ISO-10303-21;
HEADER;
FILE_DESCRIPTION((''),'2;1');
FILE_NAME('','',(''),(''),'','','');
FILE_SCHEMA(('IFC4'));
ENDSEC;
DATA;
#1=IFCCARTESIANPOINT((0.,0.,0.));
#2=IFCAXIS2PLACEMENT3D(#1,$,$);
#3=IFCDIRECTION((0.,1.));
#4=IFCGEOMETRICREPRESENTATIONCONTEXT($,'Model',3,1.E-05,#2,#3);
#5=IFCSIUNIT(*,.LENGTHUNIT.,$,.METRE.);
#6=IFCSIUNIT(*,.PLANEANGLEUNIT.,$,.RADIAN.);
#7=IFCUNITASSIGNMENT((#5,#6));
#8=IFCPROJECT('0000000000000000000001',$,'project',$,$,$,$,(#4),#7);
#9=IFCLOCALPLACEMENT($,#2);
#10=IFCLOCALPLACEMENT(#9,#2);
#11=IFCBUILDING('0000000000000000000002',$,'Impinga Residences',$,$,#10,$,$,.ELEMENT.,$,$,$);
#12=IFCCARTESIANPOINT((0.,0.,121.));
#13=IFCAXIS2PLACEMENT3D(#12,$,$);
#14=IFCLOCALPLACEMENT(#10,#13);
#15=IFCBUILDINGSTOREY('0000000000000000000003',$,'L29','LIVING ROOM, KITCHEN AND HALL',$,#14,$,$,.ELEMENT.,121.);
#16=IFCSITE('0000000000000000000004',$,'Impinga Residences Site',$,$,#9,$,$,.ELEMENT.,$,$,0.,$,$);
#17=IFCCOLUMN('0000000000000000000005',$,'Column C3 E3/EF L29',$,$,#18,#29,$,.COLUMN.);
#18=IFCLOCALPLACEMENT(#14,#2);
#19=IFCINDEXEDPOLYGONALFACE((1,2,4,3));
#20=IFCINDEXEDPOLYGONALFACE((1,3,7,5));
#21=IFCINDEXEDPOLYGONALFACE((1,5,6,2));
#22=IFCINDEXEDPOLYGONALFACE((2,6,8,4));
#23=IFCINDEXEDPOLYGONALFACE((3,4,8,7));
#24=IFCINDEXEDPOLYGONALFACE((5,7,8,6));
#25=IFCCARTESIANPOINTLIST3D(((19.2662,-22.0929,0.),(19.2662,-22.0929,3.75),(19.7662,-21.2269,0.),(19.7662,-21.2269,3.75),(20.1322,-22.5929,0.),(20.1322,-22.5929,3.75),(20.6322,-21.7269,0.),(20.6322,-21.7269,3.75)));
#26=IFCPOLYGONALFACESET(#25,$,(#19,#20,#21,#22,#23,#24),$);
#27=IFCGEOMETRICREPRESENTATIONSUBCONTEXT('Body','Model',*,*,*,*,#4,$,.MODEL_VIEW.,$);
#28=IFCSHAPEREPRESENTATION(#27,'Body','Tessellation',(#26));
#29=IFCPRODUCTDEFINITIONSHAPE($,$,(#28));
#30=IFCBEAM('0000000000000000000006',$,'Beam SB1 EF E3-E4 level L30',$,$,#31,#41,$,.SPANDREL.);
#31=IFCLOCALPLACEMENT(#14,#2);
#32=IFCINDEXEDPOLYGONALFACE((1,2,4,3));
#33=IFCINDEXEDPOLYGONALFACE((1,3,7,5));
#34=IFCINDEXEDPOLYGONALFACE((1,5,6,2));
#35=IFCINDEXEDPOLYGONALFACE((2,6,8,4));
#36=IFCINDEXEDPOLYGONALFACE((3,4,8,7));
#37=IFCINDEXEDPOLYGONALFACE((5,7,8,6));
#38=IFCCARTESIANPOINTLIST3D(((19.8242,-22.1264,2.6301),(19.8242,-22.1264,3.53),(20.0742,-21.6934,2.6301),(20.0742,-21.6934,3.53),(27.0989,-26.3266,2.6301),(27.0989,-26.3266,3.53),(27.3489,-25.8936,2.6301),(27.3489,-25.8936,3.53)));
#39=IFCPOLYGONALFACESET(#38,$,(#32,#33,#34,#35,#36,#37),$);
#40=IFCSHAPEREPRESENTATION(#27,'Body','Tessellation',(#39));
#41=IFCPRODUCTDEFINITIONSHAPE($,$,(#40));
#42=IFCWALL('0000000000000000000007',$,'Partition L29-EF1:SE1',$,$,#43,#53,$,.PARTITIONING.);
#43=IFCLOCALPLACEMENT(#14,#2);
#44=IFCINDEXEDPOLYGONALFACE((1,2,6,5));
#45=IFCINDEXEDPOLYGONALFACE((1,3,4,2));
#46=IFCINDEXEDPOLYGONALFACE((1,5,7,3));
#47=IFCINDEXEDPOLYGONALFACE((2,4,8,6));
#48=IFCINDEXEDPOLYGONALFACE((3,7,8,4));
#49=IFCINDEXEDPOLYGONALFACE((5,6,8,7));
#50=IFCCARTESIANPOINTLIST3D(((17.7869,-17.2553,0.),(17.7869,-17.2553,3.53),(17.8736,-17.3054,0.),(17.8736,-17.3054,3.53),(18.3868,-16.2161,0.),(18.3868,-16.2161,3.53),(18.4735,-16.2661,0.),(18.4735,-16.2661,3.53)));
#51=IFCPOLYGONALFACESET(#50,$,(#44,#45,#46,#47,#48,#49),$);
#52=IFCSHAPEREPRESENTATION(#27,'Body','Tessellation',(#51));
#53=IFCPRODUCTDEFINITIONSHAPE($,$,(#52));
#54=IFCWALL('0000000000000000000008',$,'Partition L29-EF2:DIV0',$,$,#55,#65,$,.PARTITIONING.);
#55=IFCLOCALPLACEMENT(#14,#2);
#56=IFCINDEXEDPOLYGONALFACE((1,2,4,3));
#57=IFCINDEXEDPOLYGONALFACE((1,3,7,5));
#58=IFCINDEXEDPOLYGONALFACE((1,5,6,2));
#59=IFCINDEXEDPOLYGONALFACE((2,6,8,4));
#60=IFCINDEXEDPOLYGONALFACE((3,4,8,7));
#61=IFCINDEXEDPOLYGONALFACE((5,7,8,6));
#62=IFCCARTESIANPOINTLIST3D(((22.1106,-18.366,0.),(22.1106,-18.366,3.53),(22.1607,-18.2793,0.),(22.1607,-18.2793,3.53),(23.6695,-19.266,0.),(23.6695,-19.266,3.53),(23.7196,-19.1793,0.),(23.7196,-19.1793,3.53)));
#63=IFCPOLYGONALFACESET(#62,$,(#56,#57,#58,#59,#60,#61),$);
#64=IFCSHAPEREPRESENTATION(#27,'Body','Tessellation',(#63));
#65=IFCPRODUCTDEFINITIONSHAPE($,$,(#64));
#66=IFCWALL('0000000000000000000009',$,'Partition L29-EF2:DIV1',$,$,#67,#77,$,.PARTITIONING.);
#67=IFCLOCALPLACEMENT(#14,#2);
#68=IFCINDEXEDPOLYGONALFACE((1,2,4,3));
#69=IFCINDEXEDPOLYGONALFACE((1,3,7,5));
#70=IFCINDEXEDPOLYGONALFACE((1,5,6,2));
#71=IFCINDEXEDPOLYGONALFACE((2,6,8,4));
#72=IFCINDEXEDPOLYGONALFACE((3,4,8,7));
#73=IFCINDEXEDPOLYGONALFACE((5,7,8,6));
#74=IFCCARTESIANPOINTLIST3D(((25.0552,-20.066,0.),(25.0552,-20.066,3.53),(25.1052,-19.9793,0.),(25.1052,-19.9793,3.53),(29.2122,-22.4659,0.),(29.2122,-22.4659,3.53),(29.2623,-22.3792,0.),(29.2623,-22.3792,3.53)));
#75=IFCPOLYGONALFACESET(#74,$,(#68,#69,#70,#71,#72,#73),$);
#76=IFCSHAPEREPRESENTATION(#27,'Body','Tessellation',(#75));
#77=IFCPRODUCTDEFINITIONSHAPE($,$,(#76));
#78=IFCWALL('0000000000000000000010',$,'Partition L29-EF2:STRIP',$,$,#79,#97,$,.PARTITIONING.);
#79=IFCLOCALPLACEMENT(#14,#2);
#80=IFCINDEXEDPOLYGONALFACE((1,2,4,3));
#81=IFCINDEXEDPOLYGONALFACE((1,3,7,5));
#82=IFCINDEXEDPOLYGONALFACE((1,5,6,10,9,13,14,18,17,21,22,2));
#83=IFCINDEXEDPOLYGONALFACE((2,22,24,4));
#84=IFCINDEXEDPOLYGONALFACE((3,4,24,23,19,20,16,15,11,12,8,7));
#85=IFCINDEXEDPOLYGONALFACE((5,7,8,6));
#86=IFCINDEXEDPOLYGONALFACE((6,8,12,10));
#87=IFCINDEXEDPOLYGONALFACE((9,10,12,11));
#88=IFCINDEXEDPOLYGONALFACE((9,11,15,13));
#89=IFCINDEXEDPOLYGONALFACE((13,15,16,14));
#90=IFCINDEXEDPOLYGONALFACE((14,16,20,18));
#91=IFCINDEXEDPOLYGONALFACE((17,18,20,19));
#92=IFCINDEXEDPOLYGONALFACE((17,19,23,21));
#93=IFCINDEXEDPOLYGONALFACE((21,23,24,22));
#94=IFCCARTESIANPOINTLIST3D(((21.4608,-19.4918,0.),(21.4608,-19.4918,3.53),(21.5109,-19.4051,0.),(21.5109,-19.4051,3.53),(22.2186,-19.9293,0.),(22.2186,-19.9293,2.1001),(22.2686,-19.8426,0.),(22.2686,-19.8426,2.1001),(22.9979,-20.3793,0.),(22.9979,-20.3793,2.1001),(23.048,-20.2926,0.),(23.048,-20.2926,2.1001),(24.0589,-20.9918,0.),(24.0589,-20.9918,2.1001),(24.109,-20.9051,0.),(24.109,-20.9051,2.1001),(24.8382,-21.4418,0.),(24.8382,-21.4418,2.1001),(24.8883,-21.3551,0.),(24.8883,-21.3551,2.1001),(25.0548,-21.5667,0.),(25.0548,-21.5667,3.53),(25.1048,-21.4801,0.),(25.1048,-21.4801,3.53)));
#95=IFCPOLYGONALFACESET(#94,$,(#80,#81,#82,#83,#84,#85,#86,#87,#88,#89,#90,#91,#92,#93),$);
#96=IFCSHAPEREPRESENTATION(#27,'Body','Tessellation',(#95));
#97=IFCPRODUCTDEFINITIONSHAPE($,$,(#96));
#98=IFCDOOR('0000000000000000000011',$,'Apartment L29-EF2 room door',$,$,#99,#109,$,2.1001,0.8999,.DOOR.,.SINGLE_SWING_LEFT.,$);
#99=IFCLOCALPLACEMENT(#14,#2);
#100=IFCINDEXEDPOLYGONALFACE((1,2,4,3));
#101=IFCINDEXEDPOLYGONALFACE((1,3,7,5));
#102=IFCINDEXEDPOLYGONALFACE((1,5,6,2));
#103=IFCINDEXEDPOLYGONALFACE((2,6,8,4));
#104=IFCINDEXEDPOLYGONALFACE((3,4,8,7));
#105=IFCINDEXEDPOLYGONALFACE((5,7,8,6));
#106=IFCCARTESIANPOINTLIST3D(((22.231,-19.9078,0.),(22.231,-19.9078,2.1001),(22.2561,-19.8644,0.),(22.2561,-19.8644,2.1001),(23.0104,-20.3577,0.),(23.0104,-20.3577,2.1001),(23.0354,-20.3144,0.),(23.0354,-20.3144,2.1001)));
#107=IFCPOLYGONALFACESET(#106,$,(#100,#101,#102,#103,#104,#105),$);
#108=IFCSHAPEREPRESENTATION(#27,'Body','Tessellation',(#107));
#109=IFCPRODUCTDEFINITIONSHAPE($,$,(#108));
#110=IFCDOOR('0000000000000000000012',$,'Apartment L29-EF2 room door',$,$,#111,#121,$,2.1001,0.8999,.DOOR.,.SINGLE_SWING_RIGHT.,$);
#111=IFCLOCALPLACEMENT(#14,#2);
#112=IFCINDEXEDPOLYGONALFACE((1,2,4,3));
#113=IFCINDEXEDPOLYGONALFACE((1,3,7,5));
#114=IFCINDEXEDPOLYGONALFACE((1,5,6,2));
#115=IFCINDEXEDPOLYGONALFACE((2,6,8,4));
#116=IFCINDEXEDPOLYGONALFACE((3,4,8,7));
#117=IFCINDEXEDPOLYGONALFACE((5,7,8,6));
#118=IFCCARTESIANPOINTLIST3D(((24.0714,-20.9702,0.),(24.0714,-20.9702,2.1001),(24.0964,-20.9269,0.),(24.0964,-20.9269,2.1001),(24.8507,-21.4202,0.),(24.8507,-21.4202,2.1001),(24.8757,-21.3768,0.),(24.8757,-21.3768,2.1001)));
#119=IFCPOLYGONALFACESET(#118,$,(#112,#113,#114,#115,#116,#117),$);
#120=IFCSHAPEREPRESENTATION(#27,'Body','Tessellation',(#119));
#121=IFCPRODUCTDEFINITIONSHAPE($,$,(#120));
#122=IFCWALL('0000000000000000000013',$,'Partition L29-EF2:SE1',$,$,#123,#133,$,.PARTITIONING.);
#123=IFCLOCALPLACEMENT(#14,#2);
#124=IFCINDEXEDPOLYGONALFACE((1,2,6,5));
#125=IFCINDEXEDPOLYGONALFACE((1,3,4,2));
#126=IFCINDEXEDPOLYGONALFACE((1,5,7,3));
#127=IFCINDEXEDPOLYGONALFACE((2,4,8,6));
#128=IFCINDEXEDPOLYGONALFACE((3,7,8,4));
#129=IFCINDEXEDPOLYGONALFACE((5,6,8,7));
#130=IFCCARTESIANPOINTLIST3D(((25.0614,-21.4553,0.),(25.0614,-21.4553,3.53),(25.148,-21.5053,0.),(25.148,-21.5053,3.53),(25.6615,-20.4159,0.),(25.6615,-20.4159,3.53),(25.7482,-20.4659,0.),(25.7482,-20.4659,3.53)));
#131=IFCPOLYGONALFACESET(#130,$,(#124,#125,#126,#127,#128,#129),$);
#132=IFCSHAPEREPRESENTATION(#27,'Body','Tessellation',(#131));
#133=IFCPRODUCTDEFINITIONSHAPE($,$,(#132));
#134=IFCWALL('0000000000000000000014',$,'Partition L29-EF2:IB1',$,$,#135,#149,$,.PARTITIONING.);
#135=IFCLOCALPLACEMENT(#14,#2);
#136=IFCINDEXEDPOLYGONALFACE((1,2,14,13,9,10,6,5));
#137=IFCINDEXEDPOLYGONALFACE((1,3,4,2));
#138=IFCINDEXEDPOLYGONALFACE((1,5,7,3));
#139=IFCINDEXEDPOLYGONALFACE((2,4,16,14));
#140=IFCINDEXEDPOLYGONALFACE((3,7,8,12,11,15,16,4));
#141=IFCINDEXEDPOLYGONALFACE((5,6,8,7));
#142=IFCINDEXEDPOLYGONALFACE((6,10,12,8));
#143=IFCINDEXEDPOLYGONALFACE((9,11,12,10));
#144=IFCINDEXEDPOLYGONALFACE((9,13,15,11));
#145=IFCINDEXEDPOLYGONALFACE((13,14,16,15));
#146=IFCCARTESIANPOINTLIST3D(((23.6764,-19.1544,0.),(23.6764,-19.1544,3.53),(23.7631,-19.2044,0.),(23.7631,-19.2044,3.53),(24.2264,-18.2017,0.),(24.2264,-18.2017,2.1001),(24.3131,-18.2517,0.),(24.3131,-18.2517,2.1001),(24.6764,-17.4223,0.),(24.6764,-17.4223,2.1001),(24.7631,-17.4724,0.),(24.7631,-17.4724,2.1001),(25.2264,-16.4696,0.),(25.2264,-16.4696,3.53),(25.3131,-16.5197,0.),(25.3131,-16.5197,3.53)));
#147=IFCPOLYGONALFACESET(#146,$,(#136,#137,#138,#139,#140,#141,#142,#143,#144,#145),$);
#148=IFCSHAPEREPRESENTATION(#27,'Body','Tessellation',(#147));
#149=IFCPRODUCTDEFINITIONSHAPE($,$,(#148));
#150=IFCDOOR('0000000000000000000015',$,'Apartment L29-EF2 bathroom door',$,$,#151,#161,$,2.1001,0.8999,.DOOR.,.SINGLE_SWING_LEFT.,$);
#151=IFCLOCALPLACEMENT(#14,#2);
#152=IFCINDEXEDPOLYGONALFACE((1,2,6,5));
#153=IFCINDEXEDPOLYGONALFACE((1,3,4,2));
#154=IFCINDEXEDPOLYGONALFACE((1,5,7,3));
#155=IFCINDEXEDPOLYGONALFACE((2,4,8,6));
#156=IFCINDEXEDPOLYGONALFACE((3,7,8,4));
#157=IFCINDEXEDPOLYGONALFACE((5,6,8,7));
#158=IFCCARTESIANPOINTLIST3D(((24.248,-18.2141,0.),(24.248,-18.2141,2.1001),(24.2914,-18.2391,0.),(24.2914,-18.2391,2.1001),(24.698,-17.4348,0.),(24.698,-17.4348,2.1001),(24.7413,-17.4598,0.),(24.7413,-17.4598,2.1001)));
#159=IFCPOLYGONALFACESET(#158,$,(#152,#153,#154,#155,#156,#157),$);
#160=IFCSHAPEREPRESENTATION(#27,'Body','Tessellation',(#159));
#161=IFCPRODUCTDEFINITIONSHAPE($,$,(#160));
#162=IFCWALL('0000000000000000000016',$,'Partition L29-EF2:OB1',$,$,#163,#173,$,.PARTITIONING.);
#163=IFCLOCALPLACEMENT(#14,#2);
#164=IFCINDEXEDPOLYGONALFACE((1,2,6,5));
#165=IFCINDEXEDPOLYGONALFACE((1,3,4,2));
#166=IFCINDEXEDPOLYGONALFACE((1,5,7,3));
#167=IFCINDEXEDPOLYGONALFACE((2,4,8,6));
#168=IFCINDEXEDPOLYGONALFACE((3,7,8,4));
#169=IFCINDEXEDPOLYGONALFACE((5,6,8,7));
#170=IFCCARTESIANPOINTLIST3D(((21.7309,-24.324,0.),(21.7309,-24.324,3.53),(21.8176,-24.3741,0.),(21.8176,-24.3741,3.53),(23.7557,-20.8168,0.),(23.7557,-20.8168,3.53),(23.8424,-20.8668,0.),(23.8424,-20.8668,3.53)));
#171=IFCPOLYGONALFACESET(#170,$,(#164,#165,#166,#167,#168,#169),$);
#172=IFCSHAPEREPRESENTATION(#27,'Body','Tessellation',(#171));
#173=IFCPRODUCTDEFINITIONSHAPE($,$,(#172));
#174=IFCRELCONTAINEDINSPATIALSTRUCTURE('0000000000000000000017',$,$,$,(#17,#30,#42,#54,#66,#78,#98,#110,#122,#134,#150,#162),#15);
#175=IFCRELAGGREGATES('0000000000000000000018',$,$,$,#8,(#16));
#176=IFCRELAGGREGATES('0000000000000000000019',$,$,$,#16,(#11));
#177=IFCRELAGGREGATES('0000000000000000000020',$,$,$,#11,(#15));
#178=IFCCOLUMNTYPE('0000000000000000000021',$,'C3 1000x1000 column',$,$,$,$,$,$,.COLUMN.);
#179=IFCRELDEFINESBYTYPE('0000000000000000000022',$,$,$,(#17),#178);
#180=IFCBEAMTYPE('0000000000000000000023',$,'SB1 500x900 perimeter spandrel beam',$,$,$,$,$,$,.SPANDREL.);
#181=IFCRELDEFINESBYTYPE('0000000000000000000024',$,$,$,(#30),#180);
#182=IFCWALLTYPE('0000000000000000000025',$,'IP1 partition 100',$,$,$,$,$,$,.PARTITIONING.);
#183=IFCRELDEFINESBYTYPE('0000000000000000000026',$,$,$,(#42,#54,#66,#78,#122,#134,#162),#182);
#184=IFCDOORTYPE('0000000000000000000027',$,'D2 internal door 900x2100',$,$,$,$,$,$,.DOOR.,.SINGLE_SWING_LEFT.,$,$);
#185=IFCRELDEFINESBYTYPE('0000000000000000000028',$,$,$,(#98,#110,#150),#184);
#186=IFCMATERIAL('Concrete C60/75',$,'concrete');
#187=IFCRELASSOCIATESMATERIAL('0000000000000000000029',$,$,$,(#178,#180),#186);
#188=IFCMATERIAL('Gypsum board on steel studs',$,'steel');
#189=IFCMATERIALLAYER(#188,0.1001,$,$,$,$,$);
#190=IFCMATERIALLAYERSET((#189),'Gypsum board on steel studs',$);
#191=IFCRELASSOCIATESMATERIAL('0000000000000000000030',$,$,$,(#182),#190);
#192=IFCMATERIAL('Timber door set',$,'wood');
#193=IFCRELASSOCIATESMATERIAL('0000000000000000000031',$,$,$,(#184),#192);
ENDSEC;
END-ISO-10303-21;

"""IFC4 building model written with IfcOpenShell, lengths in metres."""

from ifc_helpers import new_model, si_unit, direction, frame, frame_2d, origin, origin_2d, place, context, subcontext, project, spatial, rectangle, extrude, material, layer, layer_set, material_profile, profile_set, type_object, element, fill, save


model = new_model("IFC4")

# Units and contexts
model_context = context("Model", 3, precision=1e-05, world=origin(), true_north=direction((0.0, 1.0)))
body_context = subcontext(model_context, "Body", "Model", "MODEL_VIEW")
ifc_project = project(units=[si_unit("LENGTHUNIT", "METRE"), si_unit("PLANEANGLEUNIT", "RADIAN")], contexts=[model_context])

# Site, building, storey
site_placement = place(None, origin())
site = spatial("IfcSite", under=ifc_project, at=site_placement, Name="Impinga Residences Site", CompositionType="ELEMENT", RefElevation=0.0)
building_placement = place(site_placement, origin())
building = spatial("IfcBuilding", under=site, at=building_placement, Name="Impinga Residences", CompositionType="ELEMENT")
storey_placement = place(building_placement, frame((0.0, 0.0, 121.0)))
storey = spatial("IfcBuildingStorey", under=building, at=storey_placement, Name="L29", Description="LIVING ROOM, KITCHEN AND HALL", CompositionType="ELEMENT", Elevation=121.0)

# Column
ifc_material_1 = material(Name="Concrete C60/75", Category="concrete")
ifc_material_profile_1 = material_profile(ifc_material_1, rectangle(XDim=1.0, YDim=1.0, at=origin_2d()), Name="RC 1000x1000")
ifc_profile_set_1 = profile_set([ifc_material_profile_1], Name="Concrete C60/75")
column_type = type_object("IfcColumnType", Name="C3 1000x1000 column", PredefinedType="COLUMN", material=ifc_profile_set_1)
column_placement = place(storey_placement, frame((19.9492, -21.9099, 0.0), z_axis=(0.0, 0.0, 1.0), x_axis=(-0.5, -0.866025, 0.0)))
element("IfcColumn", 1, at=column_placement, inside=storey, type_object=column_type, Name="Column C3 E3/EF L29", PredefinedType="COLUMN", context=body_context, shape_type="SweptSolid", body=[
    extrude(rectangle(XDim=1.0, YDim=1.0, at=origin_2d()), origin(), (0.0, 0.0, 1.0), 3.75),
])

# Beam
ifc_material_profile_2 = material_profile(ifc_material_1, rectangle(XDim=0.5, YDim=0.8999, at=origin_2d()), Name="RC 500x900")
ifc_profile_set_2 = profile_set([ifc_material_profile_2], Name="Concrete C60/75")
beam_type = type_object("IfcBeamType", Name="SB1 500x900 perimeter spandrel beam", PredefinedType="SPANDREL", material=ifc_profile_set_2)
beam_placement = place(storey_placement, frame((19.9492, -21.9099, 3.0801), z_axis=(0.866017, -0.500015, 0.0), x_axis=(0.500015, 0.866017, 0.0)))
element("IfcBeam", 2, at=beam_placement, inside=storey, type_object=beam_type, Name="Beam SB1 EF E3-E4 level L30", PredefinedType="SPANDREL", context=body_context, shape_type="SweptSolid", body=[
    extrude(rectangle(XDim=0.5, YDim=0.8999, at=origin_2d()), origin(), (0.0, 0.0, 1.0), 8.4001),
])

# Walls
ifc_material_2 = material(Name="Gypsum board on steel studs", Category="steel")
ifc_layer_1 = layer(ifc_material_2, 0.1001)
ifc_layer_set_1 = layer_set([ifc_layer_1], Name="Gypsum board on steel studs")
wall_type_1 = type_object("IfcWallType", Name="IP1 partition 100", PredefinedType="PARTITIONING", material=ifc_layer_set_1)
wall_1_placement = place(storey_placement, frame((18.4302, -16.241, 0.0), z_axis=(0.0, 0.0, 1.0), x_axis=(-0.499881, -0.866094, 0.0)))
element("IfcWall", 3, at=wall_1_placement, inside=storey, type_object=wall_type_1, Name="Partition L29-EF1:SE1", PredefinedType="PARTITIONING", context=body_context, shape_type="SweptSolid", body=[
    extrude(rectangle(XDim=1.2, YDim=0.1001, at=frame_2d((0.6001, 0.0))), origin(), (0.0, 0.0, 1.0), 3.53),
])
wall_2_placement = place(storey_placement, frame((22.1357, -18.3228, 0.0), z_axis=(0.0, 0.0, 1.0), x_axis=(0.866048, -0.499961, 0.0)))
element("IfcWall", 4, at=wall_2_placement, inside=storey, type_object=wall_type_1, Name="Partition L29-EF2:DIV0", PredefinedType="PARTITIONING", context=body_context, shape_type="SweptSolid", body=[
    extrude(rectangle(XDim=1.8, YDim=0.1001, at=frame_2d((0.8999, 0.0))), origin(), (0.0, 0.0, 1.0), 3.53),
])
wall_3_placement = place(storey_placement, frame((25.0803, -20.0227, 0.0), z_axis=(0.0, 0.0, 1.0), x_axis=(0.866037, -0.499979, 0.0)))
element("IfcWall", 5, at=wall_3_placement, inside=storey, type_object=wall_type_1, Name="Partition L29-EF2:DIV1", PredefinedType="PARTITIONING", context=body_context, shape_type="SweptSolid", body=[
    extrude(rectangle(XDim=4.8, YDim=0.1001, at=frame_2d((2.3999, 0.0))), origin(), (0.0, 0.0, 1.0), 3.53),
])

# Wall, openings, doors
wall_4_placement = place(storey_placement, frame((21.4858, -19.4485, 0.0), z_axis=(0.0, 0.0, 1.0), x_axis=(0.86603, -0.499992, 0.0)))
wall_4 = element("IfcWall", 6, at=wall_4_placement, inside=storey, type_object=wall_type_1, Name="Partition L29-EF2:STRIP", PredefinedType="PARTITIONING", context=body_context, shape_type="SweptSolid", body=[
    extrude(rectangle(XDim=4.1499, YDim=0.1001, at=frame_2d((2.075, 0.0))), origin(), (0.0, 0.0, 1.0), 3.53),
])
opening_1_placement = place(wall_4_placement, frame((0.875, 0.0, 0.0)))
opening_1 = element("IfcOpeningElement", 7, at=opening_1_placement, cuts=wall_4, PredefinedType="OPENING", context=body_context, shape_type="SweptSolid", body=[
    extrude(rectangle(XDim=0.8999, YDim=2.1001, at=frame_2d((0.45, 1.05))), frame((0.0, 0.0601, 0.0), z_axis=(0.0, -1.0, 0.0), x_axis=(1.0, 0.0, 0.0)), (0.0, 0.0, 1.0), 0.1201),
])
opening_2_placement = place(wall_4_placement, frame((3.0, 0.0, 0.0)))
opening_2 = element("IfcOpeningElement", 8, at=opening_2_placement, cuts=wall_4, PredefinedType="OPENING", context=body_context, shape_type="SweptSolid", body=[
    extrude(rectangle(XDim=0.8999, YDim=2.1001, at=frame_2d((0.45, 1.05))), frame((0.0, 0.0601, 0.0), z_axis=(0.0, -1.0, 0.0), x_axis=(1.0, 0.0, 0.0)), (0.0, 0.0, 1.0), 0.1201),
])
ifc_material_3 = material(Name="Timber door set", Category="wood")
door_type = type_object("IfcDoorType", Name="D2 internal door 900x2100", OperationType="SINGLE_SWING_LEFT", PredefinedType="DOOR", material=ifc_material_3)
door_1_placement = place(opening_1_placement, origin())
door_1 = element("IfcDoor", 9, at=door_1_placement, inside=storey, type_object=door_type, Name="Apartment L29-EF2 room door", OperationType="SINGLE_SWING_LEFT", OverallHeight=2.1001, OverallWidth=0.8999, PredefinedType="DOOR", context=body_context, shape_type="SweptSolid", body=[
    extrude(rectangle(XDim=0.8999, YDim=2.1001, at=frame_2d((0.45, 1.05))), frame((0.0, 0.0249, 0.0), z_axis=(0.0, -1.0, 0.0), x_axis=(1.0, 0.0, 0.0)), (0.0, 0.0, 1.0), 0.05),
])
fill(opening_1, door_1)
door_2_placement = place(opening_2_placement, origin())
door_2 = element("IfcDoor", 10, at=door_2_placement, inside=storey, type_object=door_type, Name="Apartment L29-EF2 room door", OperationType="SINGLE_SWING_RIGHT", OverallHeight=2.1001, OverallWidth=0.8999, PredefinedType="DOOR", context=body_context, shape_type="SweptSolid", body=[
    extrude(rectangle(XDim=0.8999, YDim=2.1001, at=frame_2d((0.45, 1.05))), frame((0.0, 0.0249, 0.0), z_axis=(0.0, -1.0, 0.0), x_axis=(1.0, 0.0, 0.0)), (0.0, 0.0, 1.0), 0.05),
])
fill(opening_2, door_2)

# Wall
wall_5_placement = place(storey_placement, frame((25.7048, -20.4409, 0.0), z_axis=(0.0, 0.0, 1.0), x_axis=(-0.500034, -0.866006, 0.0)))
element("IfcWall", 11, at=wall_5_placement, inside=storey, type_object=wall_type_1, Name="Partition L29-EF2:SE1", PredefinedType="PARTITIONING", context=body_context, shape_type="SweptSolid", body=[
    extrude(rectangle(XDim=1.2002, YDim=0.1001, at=frame_2d((0.6001, 0.0))), origin(), (0.0, 0.0, 1.0), 3.53),
])

# Wall, opening, door
wall_6_placement = place(storey_placement, frame((25.2698, -16.4946, 0.0), z_axis=(0.0, 0.0, 1.0), x_axis=(-0.499993, -0.86603, 0.0)))
wall_6 = element("IfcWall", 12, at=wall_6_placement, inside=storey, type_object=wall_type_1, Name="Partition L29-EF2:IB1", PredefinedType="PARTITIONING", context=body_context, shape_type="SweptSolid", body=[
    extrude(rectangle(XDim=3.1001, YDim=0.1001, at=frame_2d((1.55, 0.0))), origin(), (0.0, 0.0, 1.0), 3.53),
])
opening_3_placement = place(wall_6_placement, frame((1.1001, 0.0, 0.0)))
opening_3 = element("IfcOpeningElement", 13, at=opening_3_placement, cuts=wall_6, PredefinedType="OPENING", context=body_context, shape_type="SweptSolid", body=[
    extrude(rectangle(XDim=0.8999, YDim=2.1001, at=frame_2d((0.45, 1.05))), frame((0.0, 0.0601, 0.0), z_axis=(0.0, -1.0, 0.0), x_axis=(1.0, 0.0, 0.0)), (0.0, 0.0, 1.0), 0.1201),
])
door_3_placement = place(opening_3_placement, origin())
door_3 = element("IfcDoor", 14, at=door_3_placement, inside=storey, type_object=door_type, Name="Apartment L29-EF2 bathroom door", OperationType="SINGLE_SWING_LEFT", OverallHeight=2.1001, OverallWidth=0.8999, PredefinedType="DOOR", context=body_context, shape_type="SweptSolid", body=[
    extrude(rectangle(XDim=0.8999, YDim=2.1001, at=frame_2d((0.45, 1.05))), frame((0.0, 0.0249, 0.0), z_axis=(0.0, -1.0, 0.0), x_axis=(1.0, 0.0, 0.0)), (0.0, 0.0, 1.0), 0.05),
])
fill(opening_3, door_3)

# Wall
wall_7_placement = place(storey_placement, frame((23.7991, -20.8418, 0.0), z_axis=(0.0, 0.0, 1.0), x_axis=(-0.49999, -0.866031, 0.0)))
element("IfcWall", 15, at=wall_7_placement, inside=storey, type_object=wall_type_1, Name="Partition L29-EF2:OB1", PredefinedType="PARTITIONING", context=body_context, shape_type="SweptSolid", body=[
    extrude(rectangle(XDim=4.0498, YDim=0.1001, at=frame_2d((2.0249, 0.0))), origin(), (0.0, 0.0, 1.0), 3.53),
])

save(model, "model.ifc")
